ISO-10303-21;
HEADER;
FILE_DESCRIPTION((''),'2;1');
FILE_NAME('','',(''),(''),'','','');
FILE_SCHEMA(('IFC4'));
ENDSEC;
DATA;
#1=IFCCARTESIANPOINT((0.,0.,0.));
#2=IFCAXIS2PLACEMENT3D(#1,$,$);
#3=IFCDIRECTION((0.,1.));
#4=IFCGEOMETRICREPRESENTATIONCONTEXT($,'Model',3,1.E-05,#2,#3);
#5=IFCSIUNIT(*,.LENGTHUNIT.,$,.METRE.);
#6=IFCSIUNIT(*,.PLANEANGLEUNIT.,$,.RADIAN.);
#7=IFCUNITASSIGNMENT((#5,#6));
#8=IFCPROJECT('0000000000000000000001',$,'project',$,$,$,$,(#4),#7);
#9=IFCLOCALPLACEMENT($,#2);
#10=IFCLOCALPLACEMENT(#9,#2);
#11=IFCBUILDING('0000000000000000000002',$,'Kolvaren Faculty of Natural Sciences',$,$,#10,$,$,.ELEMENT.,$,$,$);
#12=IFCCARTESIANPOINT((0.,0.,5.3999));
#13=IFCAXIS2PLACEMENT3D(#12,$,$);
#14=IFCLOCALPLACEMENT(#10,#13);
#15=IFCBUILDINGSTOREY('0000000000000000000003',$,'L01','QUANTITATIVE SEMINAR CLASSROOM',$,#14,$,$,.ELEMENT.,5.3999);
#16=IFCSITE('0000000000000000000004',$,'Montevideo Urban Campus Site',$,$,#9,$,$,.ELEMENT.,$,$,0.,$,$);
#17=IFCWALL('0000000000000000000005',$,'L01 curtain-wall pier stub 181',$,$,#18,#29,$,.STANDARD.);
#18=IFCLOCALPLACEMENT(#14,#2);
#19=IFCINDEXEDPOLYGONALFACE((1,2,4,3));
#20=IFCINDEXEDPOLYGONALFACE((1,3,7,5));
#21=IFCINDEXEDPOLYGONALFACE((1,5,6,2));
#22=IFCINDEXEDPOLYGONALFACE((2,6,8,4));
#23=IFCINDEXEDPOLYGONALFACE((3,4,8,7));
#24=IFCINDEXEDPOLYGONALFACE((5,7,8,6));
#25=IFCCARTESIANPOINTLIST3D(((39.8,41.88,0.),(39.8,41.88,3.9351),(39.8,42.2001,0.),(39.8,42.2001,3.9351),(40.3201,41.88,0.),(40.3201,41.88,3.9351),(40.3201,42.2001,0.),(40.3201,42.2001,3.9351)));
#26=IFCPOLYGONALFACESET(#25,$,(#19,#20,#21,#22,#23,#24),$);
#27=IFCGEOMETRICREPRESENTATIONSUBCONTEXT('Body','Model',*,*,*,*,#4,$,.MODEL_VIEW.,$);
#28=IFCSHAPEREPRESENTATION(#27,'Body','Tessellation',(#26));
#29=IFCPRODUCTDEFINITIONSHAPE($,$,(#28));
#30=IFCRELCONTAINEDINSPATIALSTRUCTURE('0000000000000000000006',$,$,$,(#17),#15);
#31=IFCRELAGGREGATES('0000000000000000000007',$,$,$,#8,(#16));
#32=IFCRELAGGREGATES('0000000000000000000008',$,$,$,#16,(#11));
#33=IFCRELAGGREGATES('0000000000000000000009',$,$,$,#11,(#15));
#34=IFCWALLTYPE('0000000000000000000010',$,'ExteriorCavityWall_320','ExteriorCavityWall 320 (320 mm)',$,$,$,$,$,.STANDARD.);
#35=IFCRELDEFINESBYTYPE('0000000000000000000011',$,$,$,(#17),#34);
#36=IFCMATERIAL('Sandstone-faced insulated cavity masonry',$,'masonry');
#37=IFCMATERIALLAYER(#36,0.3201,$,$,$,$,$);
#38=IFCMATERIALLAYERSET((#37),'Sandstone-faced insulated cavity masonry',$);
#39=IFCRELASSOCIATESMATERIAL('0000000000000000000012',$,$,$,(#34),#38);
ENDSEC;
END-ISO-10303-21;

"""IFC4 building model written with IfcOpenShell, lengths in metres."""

from ifc_helpers import new_model, si_unit, direction, frame, frame_2d, origin, place, context, subcontext, project, spatial, rectangle, extrude, material, layer, layer_set, type_object, element, save


model = new_model("IFC4")

# Units and contexts
model_context = context("Model", 3, precision=1e-05, world=origin(), true_north=direction((0.0, 1.0)))
body_context = subcontext(model_context, "Body", "Model", "MODEL_VIEW")
ifc_project = project(units=[si_unit("LENGTHUNIT", "METRE"), si_unit("PLANEANGLEUNIT", "RADIAN")], contexts=[model_context])

# Site, building, storey
site_placement = place(None, origin())
site = spatial("IfcSite", under=ifc_project, at=site_placement, Name="Montevideo Urban Campus Site", CompositionType="ELEMENT", RefElevation=0.0)
building_placement = place(site_placement, origin())
building = spatial("IfcBuilding", under=site, at=building_placement, Name="Kolvaren Faculty of Natural Sciences", CompositionType="ELEMENT")
storey_placement = place(building_placement, frame((0.0, 0.0, 5.3999)))
storey = spatial("IfcBuildingStorey", under=building, at=storey_placement, Name="L01", Description="QUANTITATIVE SEMINAR CLASSROOM", CompositionType="ELEMENT", Elevation=5.3999)

# Wall
ifc_material_1 = material(Name="Sandstone-faced insulated cavity masonry", Category="masonry")
ifc_layer_1 = layer(ifc_material_1, 0.3201)
ifc_layer_set_1 = layer_set([ifc_layer_1], Name="Sandstone-faced insulated cavity masonry")
wall_type = type_object("IfcWallType", Name="ExteriorCavityWall_320", Description="ExteriorCavityWall 320 (320 mm)", PredefinedType="STANDARD", material=ifc_layer_set_1)
for number, where, z_axis, x_axis, name in (
    (1, (39.8, 42.04, 0.0), (0.0, 0.0, 1.0), (1.0, 0.0, 0.0), "L01 curtain-wall pier stub 181"),
):
    element("IfcWall", number, at=place(storey_placement, frame(where, z_axis=z_axis, x_axis=x_axis)), inside=storey, type_object=wall_type, Name=name, PredefinedType="STANDARD", context=body_context, shape_type="SweptSolid", body=[
        extrude(rectangle(XDim=0.52, YDim=0.3201, at=frame_2d((0.26, 0.0))), origin(), (0.0, 0.0, 1.0), 3.9351),
    ])

save(model, "model.ifc")
